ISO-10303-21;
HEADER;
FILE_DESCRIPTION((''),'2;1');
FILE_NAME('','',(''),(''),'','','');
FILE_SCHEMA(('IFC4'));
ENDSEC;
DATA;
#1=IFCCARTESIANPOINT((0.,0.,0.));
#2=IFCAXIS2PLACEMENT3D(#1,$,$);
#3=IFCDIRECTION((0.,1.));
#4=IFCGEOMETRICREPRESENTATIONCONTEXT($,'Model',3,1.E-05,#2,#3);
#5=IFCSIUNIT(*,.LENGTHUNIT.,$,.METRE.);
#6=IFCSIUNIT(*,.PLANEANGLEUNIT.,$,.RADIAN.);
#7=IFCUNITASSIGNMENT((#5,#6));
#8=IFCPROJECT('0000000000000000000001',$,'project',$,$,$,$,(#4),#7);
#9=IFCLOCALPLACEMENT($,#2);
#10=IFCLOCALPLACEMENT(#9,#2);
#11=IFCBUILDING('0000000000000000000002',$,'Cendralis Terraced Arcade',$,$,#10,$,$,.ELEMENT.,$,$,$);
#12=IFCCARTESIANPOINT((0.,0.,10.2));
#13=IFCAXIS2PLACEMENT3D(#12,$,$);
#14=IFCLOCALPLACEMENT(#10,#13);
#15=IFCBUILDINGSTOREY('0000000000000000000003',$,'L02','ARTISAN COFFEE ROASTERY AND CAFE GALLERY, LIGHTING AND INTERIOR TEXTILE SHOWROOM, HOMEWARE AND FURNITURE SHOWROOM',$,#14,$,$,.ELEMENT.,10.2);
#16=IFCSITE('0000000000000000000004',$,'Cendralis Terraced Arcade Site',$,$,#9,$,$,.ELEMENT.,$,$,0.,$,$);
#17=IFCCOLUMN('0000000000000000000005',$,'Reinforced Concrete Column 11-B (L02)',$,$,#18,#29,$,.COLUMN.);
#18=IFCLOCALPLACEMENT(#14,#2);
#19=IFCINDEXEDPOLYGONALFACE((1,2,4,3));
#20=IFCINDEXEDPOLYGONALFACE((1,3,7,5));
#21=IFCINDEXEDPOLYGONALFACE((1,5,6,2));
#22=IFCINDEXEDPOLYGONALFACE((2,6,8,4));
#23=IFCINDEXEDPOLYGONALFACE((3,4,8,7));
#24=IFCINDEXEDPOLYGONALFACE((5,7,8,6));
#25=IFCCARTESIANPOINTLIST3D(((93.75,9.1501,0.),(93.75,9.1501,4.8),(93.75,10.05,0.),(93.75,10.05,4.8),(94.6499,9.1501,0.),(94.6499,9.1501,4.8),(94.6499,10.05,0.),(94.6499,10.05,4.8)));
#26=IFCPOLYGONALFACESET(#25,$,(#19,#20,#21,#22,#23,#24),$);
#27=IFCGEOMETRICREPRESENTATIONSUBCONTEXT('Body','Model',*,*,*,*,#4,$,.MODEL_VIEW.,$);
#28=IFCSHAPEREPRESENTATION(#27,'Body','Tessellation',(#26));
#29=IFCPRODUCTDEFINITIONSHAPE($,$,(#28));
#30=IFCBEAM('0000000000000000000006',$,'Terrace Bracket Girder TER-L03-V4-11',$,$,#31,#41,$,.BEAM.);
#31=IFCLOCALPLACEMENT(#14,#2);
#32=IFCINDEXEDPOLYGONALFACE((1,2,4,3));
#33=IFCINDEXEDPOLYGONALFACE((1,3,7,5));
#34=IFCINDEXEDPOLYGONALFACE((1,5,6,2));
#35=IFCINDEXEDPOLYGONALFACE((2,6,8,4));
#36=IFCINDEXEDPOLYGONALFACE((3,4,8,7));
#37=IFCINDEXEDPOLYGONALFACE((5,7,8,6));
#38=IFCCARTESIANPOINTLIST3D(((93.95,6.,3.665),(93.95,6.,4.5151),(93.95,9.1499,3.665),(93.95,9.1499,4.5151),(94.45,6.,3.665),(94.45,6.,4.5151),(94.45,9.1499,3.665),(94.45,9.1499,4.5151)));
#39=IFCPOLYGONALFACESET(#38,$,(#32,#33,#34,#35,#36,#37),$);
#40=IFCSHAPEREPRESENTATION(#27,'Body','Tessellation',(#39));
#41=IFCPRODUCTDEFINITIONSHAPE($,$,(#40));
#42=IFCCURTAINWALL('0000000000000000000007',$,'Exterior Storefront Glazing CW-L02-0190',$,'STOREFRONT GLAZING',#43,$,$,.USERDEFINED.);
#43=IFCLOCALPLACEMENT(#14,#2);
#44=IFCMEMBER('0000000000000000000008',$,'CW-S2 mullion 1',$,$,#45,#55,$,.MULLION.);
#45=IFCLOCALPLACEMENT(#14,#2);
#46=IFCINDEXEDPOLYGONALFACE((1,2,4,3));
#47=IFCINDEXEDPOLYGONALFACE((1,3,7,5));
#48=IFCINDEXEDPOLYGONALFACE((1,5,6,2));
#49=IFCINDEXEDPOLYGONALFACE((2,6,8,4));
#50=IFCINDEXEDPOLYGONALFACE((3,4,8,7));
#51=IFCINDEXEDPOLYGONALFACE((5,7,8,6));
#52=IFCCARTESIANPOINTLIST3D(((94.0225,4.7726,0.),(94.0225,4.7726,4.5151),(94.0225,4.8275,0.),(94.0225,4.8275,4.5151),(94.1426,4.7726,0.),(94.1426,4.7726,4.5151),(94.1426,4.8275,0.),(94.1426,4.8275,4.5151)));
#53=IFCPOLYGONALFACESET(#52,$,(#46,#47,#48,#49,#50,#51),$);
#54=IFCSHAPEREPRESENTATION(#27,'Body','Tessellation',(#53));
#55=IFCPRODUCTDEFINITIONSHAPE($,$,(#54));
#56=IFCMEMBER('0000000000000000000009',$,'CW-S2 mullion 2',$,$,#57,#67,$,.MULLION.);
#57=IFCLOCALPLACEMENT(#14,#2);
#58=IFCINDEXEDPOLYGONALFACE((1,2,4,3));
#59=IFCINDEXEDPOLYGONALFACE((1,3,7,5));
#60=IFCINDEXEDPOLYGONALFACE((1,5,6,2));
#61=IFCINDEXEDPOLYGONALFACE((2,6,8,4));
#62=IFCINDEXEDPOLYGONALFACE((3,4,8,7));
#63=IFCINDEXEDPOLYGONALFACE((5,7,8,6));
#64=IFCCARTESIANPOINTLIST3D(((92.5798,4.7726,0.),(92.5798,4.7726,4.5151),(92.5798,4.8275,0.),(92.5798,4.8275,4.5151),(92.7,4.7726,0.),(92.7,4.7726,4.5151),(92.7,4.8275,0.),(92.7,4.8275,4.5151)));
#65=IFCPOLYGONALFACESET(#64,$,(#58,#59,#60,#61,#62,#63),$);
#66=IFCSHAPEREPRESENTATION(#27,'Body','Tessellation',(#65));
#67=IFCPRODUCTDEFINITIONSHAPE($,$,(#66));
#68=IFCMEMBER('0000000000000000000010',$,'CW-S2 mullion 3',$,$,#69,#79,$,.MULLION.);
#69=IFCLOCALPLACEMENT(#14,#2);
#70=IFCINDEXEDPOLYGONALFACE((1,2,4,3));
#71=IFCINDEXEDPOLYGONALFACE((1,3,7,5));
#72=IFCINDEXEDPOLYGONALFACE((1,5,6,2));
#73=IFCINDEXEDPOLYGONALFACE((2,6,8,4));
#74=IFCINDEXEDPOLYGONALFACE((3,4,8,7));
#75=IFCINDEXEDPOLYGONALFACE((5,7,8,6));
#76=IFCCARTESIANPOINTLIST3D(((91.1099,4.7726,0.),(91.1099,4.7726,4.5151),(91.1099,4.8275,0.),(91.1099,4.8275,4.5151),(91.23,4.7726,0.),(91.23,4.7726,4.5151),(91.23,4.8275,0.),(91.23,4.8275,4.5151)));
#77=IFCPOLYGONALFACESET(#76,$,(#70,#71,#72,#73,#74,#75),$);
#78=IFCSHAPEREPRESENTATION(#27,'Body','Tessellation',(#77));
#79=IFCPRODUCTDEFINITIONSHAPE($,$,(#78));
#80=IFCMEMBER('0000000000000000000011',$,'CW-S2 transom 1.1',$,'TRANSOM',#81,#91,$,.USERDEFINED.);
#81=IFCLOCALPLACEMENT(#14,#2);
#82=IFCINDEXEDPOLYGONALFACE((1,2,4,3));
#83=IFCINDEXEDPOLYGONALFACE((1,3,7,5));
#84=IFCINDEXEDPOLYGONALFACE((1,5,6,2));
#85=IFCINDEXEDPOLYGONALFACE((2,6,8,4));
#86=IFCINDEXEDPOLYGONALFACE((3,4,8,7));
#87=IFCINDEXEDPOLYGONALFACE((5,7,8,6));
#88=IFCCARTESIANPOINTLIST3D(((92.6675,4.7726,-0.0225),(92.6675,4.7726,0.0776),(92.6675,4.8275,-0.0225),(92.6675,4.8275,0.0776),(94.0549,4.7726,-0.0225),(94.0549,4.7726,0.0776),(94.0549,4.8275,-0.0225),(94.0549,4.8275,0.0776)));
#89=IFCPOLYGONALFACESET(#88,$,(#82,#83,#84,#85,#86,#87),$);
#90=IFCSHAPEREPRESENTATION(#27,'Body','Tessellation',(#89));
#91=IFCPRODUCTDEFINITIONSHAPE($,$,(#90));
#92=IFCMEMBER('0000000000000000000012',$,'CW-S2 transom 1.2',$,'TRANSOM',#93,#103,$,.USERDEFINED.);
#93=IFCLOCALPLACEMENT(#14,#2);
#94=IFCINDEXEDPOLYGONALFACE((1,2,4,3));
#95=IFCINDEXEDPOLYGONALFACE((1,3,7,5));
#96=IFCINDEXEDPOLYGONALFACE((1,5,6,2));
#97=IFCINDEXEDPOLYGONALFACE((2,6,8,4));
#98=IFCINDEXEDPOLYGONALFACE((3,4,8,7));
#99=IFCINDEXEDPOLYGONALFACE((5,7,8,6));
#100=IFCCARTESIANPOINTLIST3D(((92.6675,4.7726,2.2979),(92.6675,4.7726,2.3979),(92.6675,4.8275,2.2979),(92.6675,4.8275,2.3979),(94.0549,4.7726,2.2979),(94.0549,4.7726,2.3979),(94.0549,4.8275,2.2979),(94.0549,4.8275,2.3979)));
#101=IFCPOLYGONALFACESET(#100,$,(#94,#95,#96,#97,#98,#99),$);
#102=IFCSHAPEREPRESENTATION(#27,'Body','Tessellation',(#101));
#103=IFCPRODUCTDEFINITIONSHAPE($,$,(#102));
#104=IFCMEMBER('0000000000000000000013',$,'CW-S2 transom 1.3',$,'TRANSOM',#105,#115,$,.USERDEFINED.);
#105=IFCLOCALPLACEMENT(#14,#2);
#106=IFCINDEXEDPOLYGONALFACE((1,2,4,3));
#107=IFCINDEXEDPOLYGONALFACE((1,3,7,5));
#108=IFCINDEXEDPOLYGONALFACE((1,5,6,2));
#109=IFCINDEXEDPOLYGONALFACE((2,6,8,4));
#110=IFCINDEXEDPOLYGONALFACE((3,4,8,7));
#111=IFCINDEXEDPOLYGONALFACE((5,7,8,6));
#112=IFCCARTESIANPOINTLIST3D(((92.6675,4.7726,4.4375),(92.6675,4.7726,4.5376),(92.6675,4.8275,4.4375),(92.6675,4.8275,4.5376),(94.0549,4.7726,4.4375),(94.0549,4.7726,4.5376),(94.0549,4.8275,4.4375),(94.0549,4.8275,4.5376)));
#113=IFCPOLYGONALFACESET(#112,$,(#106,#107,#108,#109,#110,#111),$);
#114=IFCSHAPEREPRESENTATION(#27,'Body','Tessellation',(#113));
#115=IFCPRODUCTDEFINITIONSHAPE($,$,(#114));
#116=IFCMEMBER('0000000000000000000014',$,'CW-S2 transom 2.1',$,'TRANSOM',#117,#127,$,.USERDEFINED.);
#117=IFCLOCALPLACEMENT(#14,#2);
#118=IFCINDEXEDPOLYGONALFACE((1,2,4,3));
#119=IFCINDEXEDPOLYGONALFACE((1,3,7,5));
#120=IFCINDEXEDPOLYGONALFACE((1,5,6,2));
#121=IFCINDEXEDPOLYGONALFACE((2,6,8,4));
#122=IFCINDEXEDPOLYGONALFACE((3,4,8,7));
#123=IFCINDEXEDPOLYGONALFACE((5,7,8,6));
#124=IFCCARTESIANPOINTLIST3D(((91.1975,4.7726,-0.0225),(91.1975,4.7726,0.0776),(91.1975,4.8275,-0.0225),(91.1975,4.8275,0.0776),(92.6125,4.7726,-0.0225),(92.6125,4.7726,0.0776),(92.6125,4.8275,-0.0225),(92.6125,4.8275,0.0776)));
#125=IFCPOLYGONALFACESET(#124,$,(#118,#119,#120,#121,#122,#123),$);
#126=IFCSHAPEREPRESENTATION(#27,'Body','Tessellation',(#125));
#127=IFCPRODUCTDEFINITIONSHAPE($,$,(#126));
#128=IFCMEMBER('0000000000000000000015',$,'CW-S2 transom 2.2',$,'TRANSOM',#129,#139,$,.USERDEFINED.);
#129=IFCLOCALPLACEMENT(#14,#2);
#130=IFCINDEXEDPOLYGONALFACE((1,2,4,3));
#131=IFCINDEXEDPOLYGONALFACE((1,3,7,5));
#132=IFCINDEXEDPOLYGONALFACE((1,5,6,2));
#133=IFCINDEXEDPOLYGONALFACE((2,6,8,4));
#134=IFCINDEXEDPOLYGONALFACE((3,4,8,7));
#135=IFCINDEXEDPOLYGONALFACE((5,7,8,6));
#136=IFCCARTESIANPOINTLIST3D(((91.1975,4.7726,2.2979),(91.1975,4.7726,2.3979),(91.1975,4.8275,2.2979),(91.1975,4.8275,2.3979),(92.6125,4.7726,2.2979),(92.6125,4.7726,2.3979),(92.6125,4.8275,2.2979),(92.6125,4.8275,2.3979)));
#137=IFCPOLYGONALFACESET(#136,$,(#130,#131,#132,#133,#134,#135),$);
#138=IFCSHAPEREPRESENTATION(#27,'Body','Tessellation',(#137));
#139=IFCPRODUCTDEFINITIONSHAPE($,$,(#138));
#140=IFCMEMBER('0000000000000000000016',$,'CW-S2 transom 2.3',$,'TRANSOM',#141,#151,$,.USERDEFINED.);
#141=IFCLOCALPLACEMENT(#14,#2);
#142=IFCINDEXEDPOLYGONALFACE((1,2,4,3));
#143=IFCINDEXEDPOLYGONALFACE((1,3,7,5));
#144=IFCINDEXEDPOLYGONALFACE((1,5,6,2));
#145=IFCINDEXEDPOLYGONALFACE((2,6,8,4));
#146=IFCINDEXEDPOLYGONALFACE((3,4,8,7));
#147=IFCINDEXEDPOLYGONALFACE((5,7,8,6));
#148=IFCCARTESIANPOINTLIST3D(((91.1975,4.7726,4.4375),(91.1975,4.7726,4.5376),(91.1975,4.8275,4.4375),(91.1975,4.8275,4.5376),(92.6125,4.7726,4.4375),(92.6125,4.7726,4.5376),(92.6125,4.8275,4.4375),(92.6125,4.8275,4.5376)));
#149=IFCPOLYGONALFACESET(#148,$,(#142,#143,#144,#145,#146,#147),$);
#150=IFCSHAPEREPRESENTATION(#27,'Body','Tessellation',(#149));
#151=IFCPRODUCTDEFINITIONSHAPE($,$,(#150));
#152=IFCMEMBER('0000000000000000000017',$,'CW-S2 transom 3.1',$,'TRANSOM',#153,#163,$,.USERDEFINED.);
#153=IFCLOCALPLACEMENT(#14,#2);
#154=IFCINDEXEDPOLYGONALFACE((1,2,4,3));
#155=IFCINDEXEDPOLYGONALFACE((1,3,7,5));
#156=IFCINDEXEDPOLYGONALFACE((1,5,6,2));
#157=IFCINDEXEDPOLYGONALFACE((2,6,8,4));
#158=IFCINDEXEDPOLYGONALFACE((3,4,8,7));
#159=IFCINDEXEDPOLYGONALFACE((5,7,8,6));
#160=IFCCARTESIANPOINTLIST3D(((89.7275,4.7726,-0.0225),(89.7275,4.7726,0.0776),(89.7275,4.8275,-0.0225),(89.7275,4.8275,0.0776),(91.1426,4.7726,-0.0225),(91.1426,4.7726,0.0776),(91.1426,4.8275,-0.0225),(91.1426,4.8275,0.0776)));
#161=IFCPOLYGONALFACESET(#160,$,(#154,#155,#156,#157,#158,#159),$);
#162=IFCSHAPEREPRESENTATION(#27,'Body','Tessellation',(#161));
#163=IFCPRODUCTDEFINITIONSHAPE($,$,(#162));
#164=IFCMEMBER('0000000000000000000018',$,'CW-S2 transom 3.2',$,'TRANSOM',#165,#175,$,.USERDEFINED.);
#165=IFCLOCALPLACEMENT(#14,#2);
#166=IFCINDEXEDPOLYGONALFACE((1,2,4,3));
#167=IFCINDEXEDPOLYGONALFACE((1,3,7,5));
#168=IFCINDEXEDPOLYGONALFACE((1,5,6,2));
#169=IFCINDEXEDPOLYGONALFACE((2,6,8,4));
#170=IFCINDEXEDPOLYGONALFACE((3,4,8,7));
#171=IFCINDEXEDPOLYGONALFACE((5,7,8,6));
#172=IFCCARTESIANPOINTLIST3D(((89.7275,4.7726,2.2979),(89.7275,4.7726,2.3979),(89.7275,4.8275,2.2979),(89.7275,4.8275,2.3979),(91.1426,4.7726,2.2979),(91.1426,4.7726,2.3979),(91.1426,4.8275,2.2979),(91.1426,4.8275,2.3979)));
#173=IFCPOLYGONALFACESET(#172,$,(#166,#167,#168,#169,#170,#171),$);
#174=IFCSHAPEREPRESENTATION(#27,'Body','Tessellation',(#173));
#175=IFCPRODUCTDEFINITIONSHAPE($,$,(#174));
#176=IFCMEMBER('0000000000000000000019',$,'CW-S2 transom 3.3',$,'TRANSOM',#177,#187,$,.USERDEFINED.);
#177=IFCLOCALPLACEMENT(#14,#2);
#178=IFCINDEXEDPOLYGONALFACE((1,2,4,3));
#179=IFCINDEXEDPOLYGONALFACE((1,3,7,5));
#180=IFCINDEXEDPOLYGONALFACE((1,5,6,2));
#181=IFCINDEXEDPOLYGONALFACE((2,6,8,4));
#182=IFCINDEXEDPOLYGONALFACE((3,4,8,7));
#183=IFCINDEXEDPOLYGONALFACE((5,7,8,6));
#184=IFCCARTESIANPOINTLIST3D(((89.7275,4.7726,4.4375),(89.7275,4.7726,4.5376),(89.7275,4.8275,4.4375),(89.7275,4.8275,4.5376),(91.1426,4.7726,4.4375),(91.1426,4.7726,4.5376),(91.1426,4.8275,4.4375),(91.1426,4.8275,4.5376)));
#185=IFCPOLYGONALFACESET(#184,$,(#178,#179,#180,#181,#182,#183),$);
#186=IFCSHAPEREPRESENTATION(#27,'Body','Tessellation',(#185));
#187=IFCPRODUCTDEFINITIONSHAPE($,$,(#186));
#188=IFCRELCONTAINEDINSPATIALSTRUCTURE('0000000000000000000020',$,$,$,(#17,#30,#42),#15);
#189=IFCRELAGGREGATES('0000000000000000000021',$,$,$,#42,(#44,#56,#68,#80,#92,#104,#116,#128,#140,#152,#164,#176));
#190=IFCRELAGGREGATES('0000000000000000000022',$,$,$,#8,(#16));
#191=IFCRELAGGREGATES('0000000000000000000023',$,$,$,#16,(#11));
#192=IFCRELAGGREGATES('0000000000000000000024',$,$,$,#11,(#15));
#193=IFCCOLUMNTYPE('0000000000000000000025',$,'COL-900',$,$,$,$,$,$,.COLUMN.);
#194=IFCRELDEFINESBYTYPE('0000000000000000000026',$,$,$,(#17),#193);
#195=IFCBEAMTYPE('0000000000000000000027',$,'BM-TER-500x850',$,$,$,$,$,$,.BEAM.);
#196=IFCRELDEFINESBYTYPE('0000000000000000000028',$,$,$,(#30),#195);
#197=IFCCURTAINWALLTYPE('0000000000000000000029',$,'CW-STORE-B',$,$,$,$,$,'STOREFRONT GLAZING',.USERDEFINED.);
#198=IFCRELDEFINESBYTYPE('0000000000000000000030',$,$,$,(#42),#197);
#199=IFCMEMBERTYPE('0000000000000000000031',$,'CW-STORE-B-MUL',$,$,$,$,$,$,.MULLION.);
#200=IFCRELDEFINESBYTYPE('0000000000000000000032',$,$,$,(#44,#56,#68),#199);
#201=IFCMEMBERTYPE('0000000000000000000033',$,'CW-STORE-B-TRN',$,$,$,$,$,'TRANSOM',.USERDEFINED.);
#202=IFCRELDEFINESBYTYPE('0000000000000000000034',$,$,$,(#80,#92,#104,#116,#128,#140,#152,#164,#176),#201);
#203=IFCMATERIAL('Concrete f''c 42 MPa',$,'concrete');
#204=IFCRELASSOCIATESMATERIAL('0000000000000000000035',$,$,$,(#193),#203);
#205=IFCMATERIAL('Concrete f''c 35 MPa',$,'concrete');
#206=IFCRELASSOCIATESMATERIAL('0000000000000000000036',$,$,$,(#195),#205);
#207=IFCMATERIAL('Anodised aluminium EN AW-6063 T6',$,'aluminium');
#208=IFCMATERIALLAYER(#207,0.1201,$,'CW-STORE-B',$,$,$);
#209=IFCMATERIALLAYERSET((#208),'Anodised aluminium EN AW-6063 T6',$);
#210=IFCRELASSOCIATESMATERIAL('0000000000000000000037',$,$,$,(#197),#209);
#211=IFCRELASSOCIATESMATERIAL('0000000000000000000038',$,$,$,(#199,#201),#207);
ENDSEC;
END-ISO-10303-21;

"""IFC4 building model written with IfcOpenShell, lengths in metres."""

from ifc_helpers import new_model, si_unit, direction, frame, origin, origin_2d, place, context, subcontext, project, spatial, rectangle, extrude, material, layer, layer_set, material_profile, profile_set, type_object, element, aggregate, save


model = new_model("IFC4")

# Units and contexts
model_context = context("Model", 3, precision=1e-05, world=origin(), true_north=direction((0.0, 1.0)))
body_context = subcontext(model_context, "Body", "Model", "MODEL_VIEW")
ifc_project = project(units=[si_unit("LENGTHUNIT", "METRE"), si_unit("PLANEANGLEUNIT", "RADIAN")], contexts=[model_context])

# Site, building, storey
site_placement = place(None, origin())
site = spatial("IfcSite", under=ifc_project, at=site_placement, Name="Cendralis Terraced Arcade Site", CompositionType="ELEMENT", RefElevation=0.0)
building_placement = place(site_placement, origin())
building = spatial("IfcBuilding", under=site, at=building_placement, Name="Cendralis Terraced Arcade", CompositionType="ELEMENT")
storey_placement = place(building_placement, frame((0.0, 0.0, 10.2)))
storey = spatial("IfcBuildingStorey", under=building, at=storey_placement, Name="L02", Description="ARTISAN COFFEE ROASTERY AND CAFE GALLERY, LIGHTING AND INTERIOR TEXTILE SHOWROOM, HOMEWARE AND FURNITURE SHOWROOM", CompositionType="ELEMENT", Elevation=10.2)

# Column
ifc_material_1 = material(Name="Concrete f'c 42 MPa", Category="concrete")
ifc_material_profile_1 = material_profile(ifc_material_1, rectangle(XDim=0.8999, YDim=0.8999, at=origin_2d()), Name="RC-COL-900x900", Category="LoadBearing")
ifc_profile_set_1 = profile_set([ifc_material_profile_1], Name="Concrete f'c 42 MPa")
column_type = type_object("IfcColumnType", Name="COL-900", PredefinedType="COLUMN", material=ifc_profile_set_1)
column_placement = place(storey_placement, frame((94.2, 9.6001, 0.0), z_axis=(0.0, 0.0, 1.0), x_axis=(1.0, 0.0, 0.0)))
element("IfcColumn", 1, at=column_placement, inside=storey, type_object=column_type, Name="Reinforced Concrete Column 11-B (L02)", PredefinedType="COLUMN", context=body_context, shape_type="SweptSolid", body=[
    extrude(rectangle(XDim=0.8999, YDim=0.8999, at=origin_2d()), origin(), (0.0, 0.0, 1.0), 4.8),
])

# Beam
ifc_material_2 = material(Name="Concrete f'c 35 MPa", Category="concrete")
ifc_material_profile_2 = material_profile(ifc_material_2, rectangle(XDim=0.5, YDim=0.8501, at=origin_2d()), Name="RC-BM-500x850", Category="LoadBearing")
ifc_profile_set_2 = profile_set([ifc_material_profile_2], Name="Concrete f'c 35 MPa")
beam_type = type_object("IfcBeamType", Name="BM-TER-500x850", PredefinedType="BEAM", material=ifc_profile_set_2)
beam_placement = place(storey_placement, frame((94.2, 9.1499, 4.0901), z_axis=(0.0, -1.0, 0.0), x_axis=(1.0, 0.0, 0.0)))
element("IfcBeam", 2, at=beam_placement, inside=storey, type_object=beam_type, Name="Terrace Bracket Girder TER-L03-V4-11", PredefinedType="BEAM", context=body_context, shape_type="SweptSolid", body=[
    extrude(rectangle(XDim=0.5, YDim=0.8501, at=origin_2d()), origin(), (0.0, 0.0, 1.0), 3.1499),
])

# Curtain wall, members
ifc_material_3 = material(Name="Anodised aluminium EN AW-6063 T6", Category="aluminium")
ifc_layer_1 = layer(ifc_material_3, 0.1201, Name="CW-STORE-B")
ifc_layer_set_1 = layer_set([ifc_layer_1], Name="Anodised aluminium EN AW-6063 T6")
curtain_wall_type = type_object("IfcCurtainWallType", Name="CW-STORE-B", ElementType="STOREFRONT GLAZING", PredefinedType="USERDEFINED", material=ifc_layer_set_1)
curtain_wall_placement = place(storey_placement, origin())
curtain_wall = element("IfcCurtainWall", 3, at=curtain_wall_placement, inside=storey, type_object=curtain_wall_type, Name="Exterior Storefront Glazing CW-L02-0190", ObjectType="STOREFRONT GLAZING", PredefinedType="USERDEFINED")
ifc_material_profile_3 = material_profile(ifc_material_3, rectangle(XDim=0.0549, YDim=0.1201, at=origin_2d()), Name="ALU-MUL-55x120")
ifc_profile_set_3 = profile_set([ifc_material_profile_3], Name="Anodised aluminium EN AW-6063 T6")
member_type_1 = type_object("IfcMemberType", Name="CW-STORE-B-MUL", PredefinedType="MULLION", material=ifc_profile_set_3)
member_1_placement = place(storey_placement, frame((94.0825, 4.8, 0.0), z_axis=(0.0, 0.0, 1.0), x_axis=(0.0, -1.0, 0.0)))
member_1 = element("IfcMember", 4, at=member_1_placement, type_object=member_type_1, Name="CW-S2 mullion 1", PredefinedType="MULLION", context=body_context, shape_type="SweptSolid", body=[
    extrude(rectangle(XDim=0.0549, YDim=0.1201, at=origin_2d()), origin(), (0.0, 0.0, 1.0), 4.5151),
])
member_2_placement = place(storey_placement, frame((92.6399, 4.8, 0.0), z_axis=(0.0, 0.0, 1.0), x_axis=(0.0, -1.0, 0.0)))
member_2 = element("IfcMember", 5, at=member_2_placement, type_object=member_type_1, Name="CW-S2 mullion 2", PredefinedType="MULLION", context=body_context, shape_type="SweptSolid", body=[
    extrude(rectangle(XDim=0.0549, YDim=0.1201, at=origin_2d()), origin(), (0.0, 0.0, 1.0), 4.5151),
])
member_3_placement = place(storey_placement, frame((91.1699, 4.8, 0.0), z_axis=(0.0, 0.0, 1.0), x_axis=(0.0, -1.0, 0.0)))
member_3 = element("IfcMember", 6, at=member_3_placement, type_object=member_type_1, Name="CW-S2 mullion 3", PredefinedType="MULLION", context=body_context, shape_type="SweptSolid", body=[
    extrude(rectangle(XDim=0.0549, YDim=0.1201, at=origin_2d()), origin(), (0.0, 0.0, 1.0), 4.5151),
])
ifc_material_profile_4 = material_profile(ifc_material_3, rectangle(XDim=0.0549, YDim=0.1001, at=origin_2d()), Name="ALU-TRN-55x100")
ifc_profile_set_4 = profile_set([ifc_material_profile_4], Name="Anodised aluminium EN AW-6063 T6")
member_type_2 = type_object("IfcMemberType", Name="CW-STORE-B-TRN", ElementType="TRANSOM", PredefinedType="USERDEFINED", material=ifc_profile_set_4)
member_4_placement = place(storey_placement, frame((94.0549, 4.8, 0.0276), z_axis=(-1.0, 0.0, 0.0), x_axis=(0.0, -1.0, 0.0)))
member_4 = element("IfcMember", 7, at=member_4_placement, type_object=member_type_2, Name="CW-S2 transom 1.1", ObjectType="TRANSOM", PredefinedType="USERDEFINED", context=body_context, shape_type="SweptSolid", body=[
    extrude(rectangle(XDim=0.0549, YDim=0.1001, at=origin_2d()), origin(), (0.0, 0.0, 1.0), 1.3875),
])
member_5_placement = place(storey_placement, frame((94.0549, 4.8, 2.3479), z_axis=(-1.0, 0.0, 0.0), x_axis=(0.0, -1.0, 0.0)))
member_5 = element("IfcMember", 8, at=member_5_placement, type_object=member_type_2, Name="CW-S2 transom 1.2", ObjectType="TRANSOM", PredefinedType="USERDEFINED", context=body_context, shape_type="SweptSolid", body=[
    extrude(rectangle(XDim=0.0549, YDim=0.1001, at=origin_2d()), origin(), (0.0, 0.0, 1.0), 1.3875),
])
member_6_placement = place(storey_placement, frame((94.0549, 4.8, 4.4875), z_axis=(-1.0, 0.0, 0.0), x_axis=(0.0, -1.0, 0.0)))
member_6 = element("IfcMember", 9, at=member_6_placement, type_object=member_type_2, Name="CW-S2 transom 1.3", ObjectType="TRANSOM", PredefinedType="USERDEFINED", context=body_context, shape_type="SweptSolid", body=[
    extrude(rectangle(XDim=0.0549, YDim=0.1001, at=origin_2d()), origin(), (0.0, 0.0, 1.0), 1.3875),
])
member_7_placement = place(storey_placement, frame((92.6125, 4.8, 0.0276), z_axis=(-1.0, 0.0, 0.0), x_axis=(0.0, -1.0, 0.0)))
member_7 = element("IfcMember", 10, at=member_7_placement, type_object=member_type_2, Name="CW-S2 transom 2.1", ObjectType="TRANSOM", PredefinedType="USERDEFINED", context=body_context, shape_type="SweptSolid", body=[
    extrude(rectangle(XDim=0.0549, YDim=0.1001, at=origin_2d()), origin(), (0.0, 0.0, 1.0), 1.415),
])
member_8_placement = place(storey_placement, frame((92.6125, 4.8, 2.3479), z_axis=(-1.0, 0.0, 0.0), x_axis=(0.0, -1.0, 0.0)))
member_8 = element("IfcMember", 11, at=member_8_placement, type_object=member_type_2, Name="CW-S2 transom 2.2", ObjectType="TRANSOM", PredefinedType="USERDEFINED", context=body_context, shape_type="SweptSolid", body=[
    extrude(rectangle(XDim=0.0549, YDim=0.1001, at=origin_2d()), origin(), (0.0, 0.0, 1.0), 1.415),
])
member_9_placement = place(storey_placement, frame((92.6125, 4.8, 4.4875), z_axis=(-1.0, 0.0, 0.0), x_axis=(0.0, -1.0, 0.0)))
member_9 = element("IfcMember", 12, at=member_9_placement, type_object=member_type_2, Name="CW-S2 transom 2.3", ObjectType="TRANSOM", PredefinedType="USERDEFINED", context=body_context, shape_type="SweptSolid", body=[
    extrude(rectangle(XDim=0.0549, YDim=0.1001, at=origin_2d()), origin(), (0.0, 0.0, 1.0), 1.415),
])
member_10_placement = place(storey_placement, frame((91.1426, 4.8, 0.0276), z_axis=(-1.0, 0.0, 0.0), x_axis=(0.0, -1.0, 0.0)))
member_10 = element("IfcMember", 13, at=member_10_placement, type_object=member_type_2, Name="CW-S2 transom 3.1", ObjectType="TRANSOM", PredefinedType="USERDEFINED", context=body_context, shape_type="SweptSolid", body=[
    extrude(rectangle(XDim=0.0549, YDim=0.1001, at=origin_2d()), origin(), (0.0, 0.0, 1.0), 1.415),
])
member_11_placement = place(storey_placement, frame((91.1426, 4.8, 2.3479), z_axis=(-1.0, 0.0, 0.0), x_axis=(0.0, -1.0, 0.0)))
member_11 = element("IfcMember", 14, at=member_11_placement, type_object=member_type_2, Name="CW-S2 transom 3.2", ObjectType="TRANSOM", PredefinedType="USERDEFINED", context=body_context, shape_type="SweptSolid", body=[
    extrude(rectangle(XDim=0.0549, YDim=0.1001, at=origin_2d()), origin(), (0.0, 0.0, 1.0), 1.415),
])
member_12_placement = place(storey_placement, frame((91.1426, 4.8, 4.4875), z_axis=(-1.0, 0.0, 0.0), x_axis=(0.0, -1.0, 0.0)))
member_12 = element("IfcMember", 15, at=member_12_placement, type_object=member_type_2, Name="CW-S2 transom 3.3", ObjectType="TRANSOM", PredefinedType="USERDEFINED", context=body_context, shape_type="SweptSolid", body=[
    extrude(rectangle(XDim=0.0549, YDim=0.1001, at=origin_2d()), origin(), (0.0, 0.0, 1.0), 1.415),
])
aggregate(curtain_wall, [member_1, member_2, member_3, member_4, member_5, member_6, member_7, member_8, member_9, member_10, member_11, member_12])

save(model, "model.ifc")
